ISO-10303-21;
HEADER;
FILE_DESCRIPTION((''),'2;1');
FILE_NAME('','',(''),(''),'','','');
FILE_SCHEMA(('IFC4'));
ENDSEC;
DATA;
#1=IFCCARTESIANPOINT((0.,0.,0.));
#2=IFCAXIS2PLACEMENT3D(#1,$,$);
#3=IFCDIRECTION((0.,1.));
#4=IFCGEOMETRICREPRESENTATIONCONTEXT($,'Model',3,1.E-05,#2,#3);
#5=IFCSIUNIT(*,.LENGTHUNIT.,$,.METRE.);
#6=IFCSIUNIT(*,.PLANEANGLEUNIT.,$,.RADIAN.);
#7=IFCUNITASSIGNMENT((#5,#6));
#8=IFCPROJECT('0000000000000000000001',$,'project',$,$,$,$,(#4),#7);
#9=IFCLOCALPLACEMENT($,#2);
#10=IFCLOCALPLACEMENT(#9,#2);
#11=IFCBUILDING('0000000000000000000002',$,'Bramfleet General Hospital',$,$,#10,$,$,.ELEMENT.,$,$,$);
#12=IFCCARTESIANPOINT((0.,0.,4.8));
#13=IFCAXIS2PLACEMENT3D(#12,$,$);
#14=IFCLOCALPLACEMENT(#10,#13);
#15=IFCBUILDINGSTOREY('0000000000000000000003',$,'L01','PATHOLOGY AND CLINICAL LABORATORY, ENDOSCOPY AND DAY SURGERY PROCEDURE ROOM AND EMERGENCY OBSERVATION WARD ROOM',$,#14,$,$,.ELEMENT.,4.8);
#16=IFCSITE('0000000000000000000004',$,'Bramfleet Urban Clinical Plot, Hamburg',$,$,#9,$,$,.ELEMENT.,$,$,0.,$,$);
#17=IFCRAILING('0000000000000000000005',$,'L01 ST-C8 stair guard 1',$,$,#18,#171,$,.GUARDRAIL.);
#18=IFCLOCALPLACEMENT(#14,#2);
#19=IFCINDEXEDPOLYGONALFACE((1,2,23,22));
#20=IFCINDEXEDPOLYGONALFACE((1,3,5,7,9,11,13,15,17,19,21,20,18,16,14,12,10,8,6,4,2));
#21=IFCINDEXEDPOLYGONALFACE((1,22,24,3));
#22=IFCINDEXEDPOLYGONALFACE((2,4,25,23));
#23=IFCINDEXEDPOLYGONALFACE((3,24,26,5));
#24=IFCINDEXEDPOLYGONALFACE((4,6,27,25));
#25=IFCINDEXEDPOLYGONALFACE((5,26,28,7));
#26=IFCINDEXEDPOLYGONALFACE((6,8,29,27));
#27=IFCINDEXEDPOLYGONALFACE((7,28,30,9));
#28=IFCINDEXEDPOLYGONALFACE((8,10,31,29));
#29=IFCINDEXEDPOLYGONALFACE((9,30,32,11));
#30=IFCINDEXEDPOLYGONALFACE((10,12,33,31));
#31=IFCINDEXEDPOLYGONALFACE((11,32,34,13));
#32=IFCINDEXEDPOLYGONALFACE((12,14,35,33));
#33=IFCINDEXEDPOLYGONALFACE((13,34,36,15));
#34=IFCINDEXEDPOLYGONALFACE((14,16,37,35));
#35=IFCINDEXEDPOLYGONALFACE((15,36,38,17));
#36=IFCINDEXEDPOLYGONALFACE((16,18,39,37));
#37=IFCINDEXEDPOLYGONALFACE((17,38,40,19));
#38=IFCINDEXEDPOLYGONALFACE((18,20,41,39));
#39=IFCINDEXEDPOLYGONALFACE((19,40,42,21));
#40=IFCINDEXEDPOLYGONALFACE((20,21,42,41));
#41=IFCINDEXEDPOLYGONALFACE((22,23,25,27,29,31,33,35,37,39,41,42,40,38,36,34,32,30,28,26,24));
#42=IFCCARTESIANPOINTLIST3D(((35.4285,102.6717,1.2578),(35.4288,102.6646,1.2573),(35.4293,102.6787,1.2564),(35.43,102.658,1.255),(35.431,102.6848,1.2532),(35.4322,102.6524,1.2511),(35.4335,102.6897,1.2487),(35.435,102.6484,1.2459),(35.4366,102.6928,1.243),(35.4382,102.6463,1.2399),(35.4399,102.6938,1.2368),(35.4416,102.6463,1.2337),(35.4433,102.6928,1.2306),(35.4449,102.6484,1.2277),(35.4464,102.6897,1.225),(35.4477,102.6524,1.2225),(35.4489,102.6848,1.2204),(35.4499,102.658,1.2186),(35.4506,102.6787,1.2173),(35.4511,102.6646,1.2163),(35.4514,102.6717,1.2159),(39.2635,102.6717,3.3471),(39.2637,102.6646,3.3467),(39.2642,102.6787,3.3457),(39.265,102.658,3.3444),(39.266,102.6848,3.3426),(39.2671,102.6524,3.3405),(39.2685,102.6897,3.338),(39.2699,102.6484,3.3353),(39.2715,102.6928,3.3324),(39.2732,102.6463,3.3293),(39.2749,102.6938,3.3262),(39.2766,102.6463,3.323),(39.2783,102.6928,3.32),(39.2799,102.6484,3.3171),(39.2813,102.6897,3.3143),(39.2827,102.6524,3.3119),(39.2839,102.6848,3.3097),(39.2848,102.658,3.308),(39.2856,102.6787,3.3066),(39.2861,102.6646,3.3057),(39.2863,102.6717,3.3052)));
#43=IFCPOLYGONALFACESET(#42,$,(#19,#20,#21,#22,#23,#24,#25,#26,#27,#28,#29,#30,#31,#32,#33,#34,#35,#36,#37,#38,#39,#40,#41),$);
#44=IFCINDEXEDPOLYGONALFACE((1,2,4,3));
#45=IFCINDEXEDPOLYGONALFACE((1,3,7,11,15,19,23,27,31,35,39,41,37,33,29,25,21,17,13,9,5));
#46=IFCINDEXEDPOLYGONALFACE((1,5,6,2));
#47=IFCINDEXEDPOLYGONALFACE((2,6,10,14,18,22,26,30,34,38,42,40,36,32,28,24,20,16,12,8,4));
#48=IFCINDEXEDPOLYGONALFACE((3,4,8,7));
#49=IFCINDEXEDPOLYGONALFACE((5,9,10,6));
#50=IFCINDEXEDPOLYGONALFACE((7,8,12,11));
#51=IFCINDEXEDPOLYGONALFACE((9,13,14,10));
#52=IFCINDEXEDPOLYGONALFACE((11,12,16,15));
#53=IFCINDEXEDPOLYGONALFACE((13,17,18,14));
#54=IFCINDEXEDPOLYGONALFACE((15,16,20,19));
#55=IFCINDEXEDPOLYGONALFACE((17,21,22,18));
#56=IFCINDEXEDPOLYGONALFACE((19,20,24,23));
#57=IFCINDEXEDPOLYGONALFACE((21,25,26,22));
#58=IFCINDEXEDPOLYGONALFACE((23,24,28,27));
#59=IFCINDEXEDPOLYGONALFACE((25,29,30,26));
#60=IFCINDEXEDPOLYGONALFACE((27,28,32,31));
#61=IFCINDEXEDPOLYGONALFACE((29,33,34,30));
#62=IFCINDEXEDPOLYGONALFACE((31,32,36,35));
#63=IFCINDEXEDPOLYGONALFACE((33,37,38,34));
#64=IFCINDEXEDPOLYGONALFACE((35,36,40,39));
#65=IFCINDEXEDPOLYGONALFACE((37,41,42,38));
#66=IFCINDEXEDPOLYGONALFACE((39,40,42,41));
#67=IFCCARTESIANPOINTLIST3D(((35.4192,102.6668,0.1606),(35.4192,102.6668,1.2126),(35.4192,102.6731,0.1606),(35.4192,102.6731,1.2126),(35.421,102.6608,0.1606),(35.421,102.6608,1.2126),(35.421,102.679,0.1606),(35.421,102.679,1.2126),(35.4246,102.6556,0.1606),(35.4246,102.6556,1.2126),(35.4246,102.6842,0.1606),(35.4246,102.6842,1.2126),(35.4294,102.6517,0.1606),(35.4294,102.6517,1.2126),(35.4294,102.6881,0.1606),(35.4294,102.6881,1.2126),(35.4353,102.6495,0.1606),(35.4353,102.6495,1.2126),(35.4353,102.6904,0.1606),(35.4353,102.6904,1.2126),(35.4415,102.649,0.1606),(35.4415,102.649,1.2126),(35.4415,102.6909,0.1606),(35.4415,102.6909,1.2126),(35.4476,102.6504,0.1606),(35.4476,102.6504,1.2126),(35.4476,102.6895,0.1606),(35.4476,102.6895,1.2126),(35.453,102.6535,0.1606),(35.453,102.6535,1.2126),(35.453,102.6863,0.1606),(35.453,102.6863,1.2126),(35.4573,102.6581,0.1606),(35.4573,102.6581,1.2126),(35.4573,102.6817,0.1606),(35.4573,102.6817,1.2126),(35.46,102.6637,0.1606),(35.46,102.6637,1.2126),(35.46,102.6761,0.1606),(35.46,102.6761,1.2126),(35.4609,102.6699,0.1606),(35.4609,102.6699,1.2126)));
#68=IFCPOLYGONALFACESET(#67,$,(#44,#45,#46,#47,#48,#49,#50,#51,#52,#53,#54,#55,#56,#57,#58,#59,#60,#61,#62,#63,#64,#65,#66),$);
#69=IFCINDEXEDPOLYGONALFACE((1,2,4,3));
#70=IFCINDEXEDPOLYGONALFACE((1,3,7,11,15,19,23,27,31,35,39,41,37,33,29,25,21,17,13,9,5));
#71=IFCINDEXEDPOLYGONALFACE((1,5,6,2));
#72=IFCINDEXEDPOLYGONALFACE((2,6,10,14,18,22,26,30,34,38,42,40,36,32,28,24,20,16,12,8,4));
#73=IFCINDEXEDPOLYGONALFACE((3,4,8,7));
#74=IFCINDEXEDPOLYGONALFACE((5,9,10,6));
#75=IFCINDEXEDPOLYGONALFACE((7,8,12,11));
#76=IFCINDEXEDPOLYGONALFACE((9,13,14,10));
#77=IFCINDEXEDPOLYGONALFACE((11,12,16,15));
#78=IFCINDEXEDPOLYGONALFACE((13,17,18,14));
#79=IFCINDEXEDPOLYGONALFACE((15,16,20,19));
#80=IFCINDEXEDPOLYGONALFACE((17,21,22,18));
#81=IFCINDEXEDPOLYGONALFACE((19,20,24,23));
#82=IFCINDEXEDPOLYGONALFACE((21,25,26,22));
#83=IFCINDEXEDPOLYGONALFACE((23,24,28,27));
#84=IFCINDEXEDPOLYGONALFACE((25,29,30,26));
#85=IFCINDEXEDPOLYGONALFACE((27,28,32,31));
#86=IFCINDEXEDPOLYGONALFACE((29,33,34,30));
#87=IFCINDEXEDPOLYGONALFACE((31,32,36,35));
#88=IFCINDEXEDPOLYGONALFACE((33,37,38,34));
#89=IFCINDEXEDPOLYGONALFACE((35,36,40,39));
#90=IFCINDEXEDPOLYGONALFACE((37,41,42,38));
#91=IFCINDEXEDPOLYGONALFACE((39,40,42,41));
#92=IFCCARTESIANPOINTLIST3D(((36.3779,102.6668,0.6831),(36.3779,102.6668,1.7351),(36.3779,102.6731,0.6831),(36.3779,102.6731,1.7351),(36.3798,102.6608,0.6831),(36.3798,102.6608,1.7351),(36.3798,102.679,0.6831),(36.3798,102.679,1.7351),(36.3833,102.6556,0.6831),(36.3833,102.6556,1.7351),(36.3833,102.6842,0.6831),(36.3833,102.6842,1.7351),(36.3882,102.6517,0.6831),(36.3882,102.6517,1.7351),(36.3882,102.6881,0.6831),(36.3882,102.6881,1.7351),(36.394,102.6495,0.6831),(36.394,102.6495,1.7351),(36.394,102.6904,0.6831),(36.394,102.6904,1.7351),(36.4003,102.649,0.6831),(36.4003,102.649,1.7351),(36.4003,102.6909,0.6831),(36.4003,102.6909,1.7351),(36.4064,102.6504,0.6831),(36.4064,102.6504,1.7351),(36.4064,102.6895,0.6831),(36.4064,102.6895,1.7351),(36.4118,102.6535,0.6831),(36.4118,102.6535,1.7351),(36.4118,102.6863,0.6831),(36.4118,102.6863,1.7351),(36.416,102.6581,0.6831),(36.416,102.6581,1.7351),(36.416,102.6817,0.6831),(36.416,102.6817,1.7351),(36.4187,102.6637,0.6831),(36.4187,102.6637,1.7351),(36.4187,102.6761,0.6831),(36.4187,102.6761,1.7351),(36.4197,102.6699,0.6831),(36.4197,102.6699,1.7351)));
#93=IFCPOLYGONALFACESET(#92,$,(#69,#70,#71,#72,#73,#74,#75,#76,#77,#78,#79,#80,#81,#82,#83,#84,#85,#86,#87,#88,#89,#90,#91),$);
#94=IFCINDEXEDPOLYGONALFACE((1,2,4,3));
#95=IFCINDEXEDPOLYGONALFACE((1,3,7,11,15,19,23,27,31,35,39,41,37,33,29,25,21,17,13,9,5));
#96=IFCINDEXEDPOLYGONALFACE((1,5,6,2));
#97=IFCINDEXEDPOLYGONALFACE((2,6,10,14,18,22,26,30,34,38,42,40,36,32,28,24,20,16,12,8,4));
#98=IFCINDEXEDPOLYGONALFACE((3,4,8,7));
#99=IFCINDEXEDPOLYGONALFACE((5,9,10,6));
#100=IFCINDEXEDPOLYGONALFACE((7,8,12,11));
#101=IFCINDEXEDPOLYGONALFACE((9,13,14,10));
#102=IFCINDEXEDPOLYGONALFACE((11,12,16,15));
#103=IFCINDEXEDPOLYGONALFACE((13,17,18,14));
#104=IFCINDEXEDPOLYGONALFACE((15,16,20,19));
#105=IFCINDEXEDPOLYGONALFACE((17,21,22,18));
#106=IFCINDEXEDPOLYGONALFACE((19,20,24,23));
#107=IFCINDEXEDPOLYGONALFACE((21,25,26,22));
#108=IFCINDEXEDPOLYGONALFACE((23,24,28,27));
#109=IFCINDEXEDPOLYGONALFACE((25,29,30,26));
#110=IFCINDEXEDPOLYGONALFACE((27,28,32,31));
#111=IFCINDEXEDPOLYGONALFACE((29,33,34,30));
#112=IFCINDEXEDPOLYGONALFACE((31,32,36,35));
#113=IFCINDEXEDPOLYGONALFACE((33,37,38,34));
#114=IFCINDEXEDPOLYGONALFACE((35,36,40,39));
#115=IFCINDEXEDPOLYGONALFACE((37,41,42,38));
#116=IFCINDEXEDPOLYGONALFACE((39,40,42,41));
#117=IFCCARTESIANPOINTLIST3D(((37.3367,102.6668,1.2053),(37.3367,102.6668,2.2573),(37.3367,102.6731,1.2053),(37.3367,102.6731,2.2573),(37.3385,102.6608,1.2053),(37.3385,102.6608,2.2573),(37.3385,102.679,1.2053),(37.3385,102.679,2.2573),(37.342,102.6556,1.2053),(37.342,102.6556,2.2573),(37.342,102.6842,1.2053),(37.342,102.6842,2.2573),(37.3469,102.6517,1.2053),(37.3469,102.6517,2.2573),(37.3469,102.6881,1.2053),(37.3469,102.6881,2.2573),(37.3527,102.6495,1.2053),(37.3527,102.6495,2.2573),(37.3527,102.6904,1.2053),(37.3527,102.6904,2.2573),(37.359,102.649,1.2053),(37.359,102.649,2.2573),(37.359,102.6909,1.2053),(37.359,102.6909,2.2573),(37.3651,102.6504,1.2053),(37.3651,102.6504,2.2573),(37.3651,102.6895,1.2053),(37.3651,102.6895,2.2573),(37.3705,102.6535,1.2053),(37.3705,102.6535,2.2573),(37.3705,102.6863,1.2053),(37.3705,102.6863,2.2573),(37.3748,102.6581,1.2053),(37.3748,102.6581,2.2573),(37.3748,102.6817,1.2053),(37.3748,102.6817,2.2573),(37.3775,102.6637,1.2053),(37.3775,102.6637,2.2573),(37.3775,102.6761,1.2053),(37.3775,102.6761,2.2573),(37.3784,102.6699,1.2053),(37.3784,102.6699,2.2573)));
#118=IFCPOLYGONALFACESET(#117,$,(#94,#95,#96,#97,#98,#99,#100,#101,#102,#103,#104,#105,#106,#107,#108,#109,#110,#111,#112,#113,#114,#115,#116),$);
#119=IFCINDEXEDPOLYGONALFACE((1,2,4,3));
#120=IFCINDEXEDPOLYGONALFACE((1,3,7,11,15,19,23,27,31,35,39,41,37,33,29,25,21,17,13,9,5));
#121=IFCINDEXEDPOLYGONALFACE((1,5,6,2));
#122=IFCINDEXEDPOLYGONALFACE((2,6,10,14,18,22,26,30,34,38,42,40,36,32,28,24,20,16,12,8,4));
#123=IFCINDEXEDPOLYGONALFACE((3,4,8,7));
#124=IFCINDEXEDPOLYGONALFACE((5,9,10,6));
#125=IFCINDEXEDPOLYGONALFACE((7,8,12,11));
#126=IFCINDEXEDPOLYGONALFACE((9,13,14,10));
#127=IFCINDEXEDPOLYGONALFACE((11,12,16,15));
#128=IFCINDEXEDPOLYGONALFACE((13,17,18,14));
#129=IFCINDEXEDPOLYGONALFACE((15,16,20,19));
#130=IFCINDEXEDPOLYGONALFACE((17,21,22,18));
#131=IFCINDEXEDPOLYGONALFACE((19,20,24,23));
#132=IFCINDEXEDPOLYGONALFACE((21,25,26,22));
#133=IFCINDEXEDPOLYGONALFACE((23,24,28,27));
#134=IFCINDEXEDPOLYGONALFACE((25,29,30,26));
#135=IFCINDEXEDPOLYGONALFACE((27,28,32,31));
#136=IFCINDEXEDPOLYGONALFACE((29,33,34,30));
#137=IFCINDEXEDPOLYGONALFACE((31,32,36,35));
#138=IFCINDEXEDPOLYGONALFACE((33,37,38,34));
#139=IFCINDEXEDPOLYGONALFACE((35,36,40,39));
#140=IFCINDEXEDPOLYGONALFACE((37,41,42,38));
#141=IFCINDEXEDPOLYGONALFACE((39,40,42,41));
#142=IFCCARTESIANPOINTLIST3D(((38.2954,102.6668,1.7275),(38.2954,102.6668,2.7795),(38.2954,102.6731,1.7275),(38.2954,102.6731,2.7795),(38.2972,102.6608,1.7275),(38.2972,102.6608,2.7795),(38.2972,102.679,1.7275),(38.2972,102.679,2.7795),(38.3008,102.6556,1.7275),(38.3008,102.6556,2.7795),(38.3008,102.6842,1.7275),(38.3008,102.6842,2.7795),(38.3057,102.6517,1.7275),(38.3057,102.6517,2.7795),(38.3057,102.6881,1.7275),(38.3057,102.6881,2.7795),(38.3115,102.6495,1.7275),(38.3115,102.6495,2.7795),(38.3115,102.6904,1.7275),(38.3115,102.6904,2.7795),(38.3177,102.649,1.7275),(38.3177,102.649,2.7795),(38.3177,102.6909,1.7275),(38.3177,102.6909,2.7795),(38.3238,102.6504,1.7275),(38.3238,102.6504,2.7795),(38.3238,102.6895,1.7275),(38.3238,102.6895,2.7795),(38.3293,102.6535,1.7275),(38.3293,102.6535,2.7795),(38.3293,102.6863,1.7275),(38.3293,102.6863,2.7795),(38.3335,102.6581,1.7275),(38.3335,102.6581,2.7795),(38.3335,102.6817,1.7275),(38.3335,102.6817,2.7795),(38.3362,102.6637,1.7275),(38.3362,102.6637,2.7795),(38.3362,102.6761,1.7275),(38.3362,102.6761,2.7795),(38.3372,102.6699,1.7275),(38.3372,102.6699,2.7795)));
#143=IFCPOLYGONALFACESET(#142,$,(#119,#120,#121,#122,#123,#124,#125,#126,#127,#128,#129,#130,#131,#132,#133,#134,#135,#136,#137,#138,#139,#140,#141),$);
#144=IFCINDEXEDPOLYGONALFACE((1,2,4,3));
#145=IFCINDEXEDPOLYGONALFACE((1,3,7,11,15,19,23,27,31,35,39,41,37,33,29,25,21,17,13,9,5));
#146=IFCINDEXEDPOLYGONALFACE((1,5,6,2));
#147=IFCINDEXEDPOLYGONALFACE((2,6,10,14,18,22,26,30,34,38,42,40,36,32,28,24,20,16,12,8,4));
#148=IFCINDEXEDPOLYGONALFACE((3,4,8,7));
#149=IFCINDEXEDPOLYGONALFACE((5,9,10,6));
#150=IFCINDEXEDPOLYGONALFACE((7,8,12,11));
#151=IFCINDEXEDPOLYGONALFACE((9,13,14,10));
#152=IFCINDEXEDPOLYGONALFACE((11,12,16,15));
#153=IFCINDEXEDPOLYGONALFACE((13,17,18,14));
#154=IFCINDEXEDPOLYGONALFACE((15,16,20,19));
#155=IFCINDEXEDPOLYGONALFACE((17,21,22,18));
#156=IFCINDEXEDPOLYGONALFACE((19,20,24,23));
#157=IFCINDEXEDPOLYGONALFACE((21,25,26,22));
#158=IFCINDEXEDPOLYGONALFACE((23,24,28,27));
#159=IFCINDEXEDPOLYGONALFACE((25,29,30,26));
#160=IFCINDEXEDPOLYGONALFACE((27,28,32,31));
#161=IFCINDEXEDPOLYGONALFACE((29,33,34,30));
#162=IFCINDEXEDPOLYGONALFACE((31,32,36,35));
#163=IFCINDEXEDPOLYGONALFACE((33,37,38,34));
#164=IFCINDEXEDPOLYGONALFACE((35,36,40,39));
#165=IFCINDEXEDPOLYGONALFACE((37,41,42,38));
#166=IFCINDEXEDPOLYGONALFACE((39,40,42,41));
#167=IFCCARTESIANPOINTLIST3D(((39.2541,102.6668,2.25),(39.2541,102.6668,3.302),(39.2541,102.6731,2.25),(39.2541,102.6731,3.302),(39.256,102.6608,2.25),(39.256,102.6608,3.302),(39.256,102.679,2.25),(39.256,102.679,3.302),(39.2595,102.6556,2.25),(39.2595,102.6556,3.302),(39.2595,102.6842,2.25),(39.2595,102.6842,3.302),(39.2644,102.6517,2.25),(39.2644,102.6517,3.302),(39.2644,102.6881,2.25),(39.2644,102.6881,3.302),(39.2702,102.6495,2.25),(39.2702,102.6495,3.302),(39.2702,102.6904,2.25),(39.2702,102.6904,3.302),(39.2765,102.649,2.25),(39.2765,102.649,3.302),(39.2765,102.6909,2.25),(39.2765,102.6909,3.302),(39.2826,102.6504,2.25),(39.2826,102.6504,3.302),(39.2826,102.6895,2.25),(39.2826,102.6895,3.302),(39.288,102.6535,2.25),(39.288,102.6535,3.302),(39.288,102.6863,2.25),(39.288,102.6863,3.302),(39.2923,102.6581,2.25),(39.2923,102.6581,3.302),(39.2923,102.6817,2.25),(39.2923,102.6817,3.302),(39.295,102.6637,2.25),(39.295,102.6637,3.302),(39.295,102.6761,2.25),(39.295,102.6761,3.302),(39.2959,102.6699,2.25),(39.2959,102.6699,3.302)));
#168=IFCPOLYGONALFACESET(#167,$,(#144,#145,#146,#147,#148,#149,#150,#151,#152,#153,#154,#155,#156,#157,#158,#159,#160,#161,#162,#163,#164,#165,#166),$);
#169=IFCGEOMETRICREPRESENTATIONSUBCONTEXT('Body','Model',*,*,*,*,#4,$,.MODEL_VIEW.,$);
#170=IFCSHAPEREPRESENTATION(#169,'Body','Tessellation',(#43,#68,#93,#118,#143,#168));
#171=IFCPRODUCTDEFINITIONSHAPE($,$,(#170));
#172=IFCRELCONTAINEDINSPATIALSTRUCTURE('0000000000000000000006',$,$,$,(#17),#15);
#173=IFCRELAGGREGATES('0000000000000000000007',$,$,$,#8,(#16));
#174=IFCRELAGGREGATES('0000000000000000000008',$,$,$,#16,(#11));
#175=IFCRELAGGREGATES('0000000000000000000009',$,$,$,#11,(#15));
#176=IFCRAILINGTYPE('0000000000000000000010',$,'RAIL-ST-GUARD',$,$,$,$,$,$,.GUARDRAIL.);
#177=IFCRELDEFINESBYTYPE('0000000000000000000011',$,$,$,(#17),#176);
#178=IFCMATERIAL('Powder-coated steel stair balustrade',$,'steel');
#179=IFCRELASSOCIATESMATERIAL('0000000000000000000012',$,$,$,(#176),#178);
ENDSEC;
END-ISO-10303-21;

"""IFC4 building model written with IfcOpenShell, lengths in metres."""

from ifc_helpers import new_model, si_unit, direction, frame, origin, origin_2d, place, context, subcontext, project, spatial, circle, extrude, material, type_object, element, save


model = new_model("IFC4")

# Units and contexts
model_context = context("Model", 3, precision=1e-05, world=origin(), true_north=direction((0.0, 1.0)))
body_context = subcontext(model_context, "Body", "Model", "MODEL_VIEW")
ifc_project = project(units=[si_unit("LENGTHUNIT", "METRE"), si_unit("PLANEANGLEUNIT", "RADIAN")], contexts=[model_context])

# Site, building, storey
site_placement = place(None, origin())
site = spatial("IfcSite", under=ifc_project, at=site_placement, Name="Bramfleet Urban Clinical Plot, Hamburg", CompositionType="ELEMENT", RefElevation=0.0)
building_placement = place(site_placement, origin())
building = spatial("IfcBuilding", under=site, at=building_placement, Name="Bramfleet General Hospital", CompositionType="ELEMENT")
storey_placement = place(building_placement, frame((0.0, 0.0, 4.8)))
storey = spatial("IfcBuildingStorey", under=building, at=storey_placement, Name="L01", Description="PATHOLOGY AND CLINICAL LABORATORY, ENDOSCOPY AND DAY SURGERY PROCEDURE ROOM AND EMERGENCY OBSERVATION WARD ROOM", CompositionType="ELEMENT", Elevation=4.8)

# Railing
ifc_material_1 = material(Name="Powder-coated steel stair balustrade", Category="steel")
railing_type = type_object("IfcRailingType", Name="RAIL-ST-GUARD", PredefinedType="GUARDRAIL", material=ifc_material_1)
railing_1_placement = place(storey_placement, frame((35.4399, 102.6699, 0.1606)))
element("IfcRailing", 1, at=railing_1_placement, inside=storey, type_object=railing_type, Name="L01 ST-C8 stair guard 1", PredefinedType="GUARDRAIL", context=body_context, shape_type="SweptSolid", body=[
    extrude(circle(Radius=0.0239, at=origin_2d()), frame((0.0, 0.0, 1.0762), z_axis=(0.87813, 0.0, 0.478421), x_axis=(0.0, 1.0, 0.0)), (0.0, 0.0, 1.0), 4.3672),
    extrude(circle(Radius=0.021, at=origin_2d()), origin(), (0.0, 0.0, 1.0), 1.052),
    extrude(circle(Radius=0.021, at=origin_2d()), frame((0.9587, 0.0, 0.5225)), (0.0, 0.0, 1.0), 1.052),
    extrude(circle(Radius=0.021, at=origin_2d()), frame((1.9175, 0.0, 1.0447)), (0.0, 0.0, 1.0), 1.052),
    extrude(circle(Radius=0.021, at=origin_2d()), frame((2.8762, 0.0, 1.5669)), (0.0, 0.0, 1.0), 1.052),
    extrude(circle(Radius=0.021, at=origin_2d()), frame((3.835, 0.0, 2.0894)), (0.0, 0.0, 1.0), 1.052),
])

save(model, "model.ifc")
